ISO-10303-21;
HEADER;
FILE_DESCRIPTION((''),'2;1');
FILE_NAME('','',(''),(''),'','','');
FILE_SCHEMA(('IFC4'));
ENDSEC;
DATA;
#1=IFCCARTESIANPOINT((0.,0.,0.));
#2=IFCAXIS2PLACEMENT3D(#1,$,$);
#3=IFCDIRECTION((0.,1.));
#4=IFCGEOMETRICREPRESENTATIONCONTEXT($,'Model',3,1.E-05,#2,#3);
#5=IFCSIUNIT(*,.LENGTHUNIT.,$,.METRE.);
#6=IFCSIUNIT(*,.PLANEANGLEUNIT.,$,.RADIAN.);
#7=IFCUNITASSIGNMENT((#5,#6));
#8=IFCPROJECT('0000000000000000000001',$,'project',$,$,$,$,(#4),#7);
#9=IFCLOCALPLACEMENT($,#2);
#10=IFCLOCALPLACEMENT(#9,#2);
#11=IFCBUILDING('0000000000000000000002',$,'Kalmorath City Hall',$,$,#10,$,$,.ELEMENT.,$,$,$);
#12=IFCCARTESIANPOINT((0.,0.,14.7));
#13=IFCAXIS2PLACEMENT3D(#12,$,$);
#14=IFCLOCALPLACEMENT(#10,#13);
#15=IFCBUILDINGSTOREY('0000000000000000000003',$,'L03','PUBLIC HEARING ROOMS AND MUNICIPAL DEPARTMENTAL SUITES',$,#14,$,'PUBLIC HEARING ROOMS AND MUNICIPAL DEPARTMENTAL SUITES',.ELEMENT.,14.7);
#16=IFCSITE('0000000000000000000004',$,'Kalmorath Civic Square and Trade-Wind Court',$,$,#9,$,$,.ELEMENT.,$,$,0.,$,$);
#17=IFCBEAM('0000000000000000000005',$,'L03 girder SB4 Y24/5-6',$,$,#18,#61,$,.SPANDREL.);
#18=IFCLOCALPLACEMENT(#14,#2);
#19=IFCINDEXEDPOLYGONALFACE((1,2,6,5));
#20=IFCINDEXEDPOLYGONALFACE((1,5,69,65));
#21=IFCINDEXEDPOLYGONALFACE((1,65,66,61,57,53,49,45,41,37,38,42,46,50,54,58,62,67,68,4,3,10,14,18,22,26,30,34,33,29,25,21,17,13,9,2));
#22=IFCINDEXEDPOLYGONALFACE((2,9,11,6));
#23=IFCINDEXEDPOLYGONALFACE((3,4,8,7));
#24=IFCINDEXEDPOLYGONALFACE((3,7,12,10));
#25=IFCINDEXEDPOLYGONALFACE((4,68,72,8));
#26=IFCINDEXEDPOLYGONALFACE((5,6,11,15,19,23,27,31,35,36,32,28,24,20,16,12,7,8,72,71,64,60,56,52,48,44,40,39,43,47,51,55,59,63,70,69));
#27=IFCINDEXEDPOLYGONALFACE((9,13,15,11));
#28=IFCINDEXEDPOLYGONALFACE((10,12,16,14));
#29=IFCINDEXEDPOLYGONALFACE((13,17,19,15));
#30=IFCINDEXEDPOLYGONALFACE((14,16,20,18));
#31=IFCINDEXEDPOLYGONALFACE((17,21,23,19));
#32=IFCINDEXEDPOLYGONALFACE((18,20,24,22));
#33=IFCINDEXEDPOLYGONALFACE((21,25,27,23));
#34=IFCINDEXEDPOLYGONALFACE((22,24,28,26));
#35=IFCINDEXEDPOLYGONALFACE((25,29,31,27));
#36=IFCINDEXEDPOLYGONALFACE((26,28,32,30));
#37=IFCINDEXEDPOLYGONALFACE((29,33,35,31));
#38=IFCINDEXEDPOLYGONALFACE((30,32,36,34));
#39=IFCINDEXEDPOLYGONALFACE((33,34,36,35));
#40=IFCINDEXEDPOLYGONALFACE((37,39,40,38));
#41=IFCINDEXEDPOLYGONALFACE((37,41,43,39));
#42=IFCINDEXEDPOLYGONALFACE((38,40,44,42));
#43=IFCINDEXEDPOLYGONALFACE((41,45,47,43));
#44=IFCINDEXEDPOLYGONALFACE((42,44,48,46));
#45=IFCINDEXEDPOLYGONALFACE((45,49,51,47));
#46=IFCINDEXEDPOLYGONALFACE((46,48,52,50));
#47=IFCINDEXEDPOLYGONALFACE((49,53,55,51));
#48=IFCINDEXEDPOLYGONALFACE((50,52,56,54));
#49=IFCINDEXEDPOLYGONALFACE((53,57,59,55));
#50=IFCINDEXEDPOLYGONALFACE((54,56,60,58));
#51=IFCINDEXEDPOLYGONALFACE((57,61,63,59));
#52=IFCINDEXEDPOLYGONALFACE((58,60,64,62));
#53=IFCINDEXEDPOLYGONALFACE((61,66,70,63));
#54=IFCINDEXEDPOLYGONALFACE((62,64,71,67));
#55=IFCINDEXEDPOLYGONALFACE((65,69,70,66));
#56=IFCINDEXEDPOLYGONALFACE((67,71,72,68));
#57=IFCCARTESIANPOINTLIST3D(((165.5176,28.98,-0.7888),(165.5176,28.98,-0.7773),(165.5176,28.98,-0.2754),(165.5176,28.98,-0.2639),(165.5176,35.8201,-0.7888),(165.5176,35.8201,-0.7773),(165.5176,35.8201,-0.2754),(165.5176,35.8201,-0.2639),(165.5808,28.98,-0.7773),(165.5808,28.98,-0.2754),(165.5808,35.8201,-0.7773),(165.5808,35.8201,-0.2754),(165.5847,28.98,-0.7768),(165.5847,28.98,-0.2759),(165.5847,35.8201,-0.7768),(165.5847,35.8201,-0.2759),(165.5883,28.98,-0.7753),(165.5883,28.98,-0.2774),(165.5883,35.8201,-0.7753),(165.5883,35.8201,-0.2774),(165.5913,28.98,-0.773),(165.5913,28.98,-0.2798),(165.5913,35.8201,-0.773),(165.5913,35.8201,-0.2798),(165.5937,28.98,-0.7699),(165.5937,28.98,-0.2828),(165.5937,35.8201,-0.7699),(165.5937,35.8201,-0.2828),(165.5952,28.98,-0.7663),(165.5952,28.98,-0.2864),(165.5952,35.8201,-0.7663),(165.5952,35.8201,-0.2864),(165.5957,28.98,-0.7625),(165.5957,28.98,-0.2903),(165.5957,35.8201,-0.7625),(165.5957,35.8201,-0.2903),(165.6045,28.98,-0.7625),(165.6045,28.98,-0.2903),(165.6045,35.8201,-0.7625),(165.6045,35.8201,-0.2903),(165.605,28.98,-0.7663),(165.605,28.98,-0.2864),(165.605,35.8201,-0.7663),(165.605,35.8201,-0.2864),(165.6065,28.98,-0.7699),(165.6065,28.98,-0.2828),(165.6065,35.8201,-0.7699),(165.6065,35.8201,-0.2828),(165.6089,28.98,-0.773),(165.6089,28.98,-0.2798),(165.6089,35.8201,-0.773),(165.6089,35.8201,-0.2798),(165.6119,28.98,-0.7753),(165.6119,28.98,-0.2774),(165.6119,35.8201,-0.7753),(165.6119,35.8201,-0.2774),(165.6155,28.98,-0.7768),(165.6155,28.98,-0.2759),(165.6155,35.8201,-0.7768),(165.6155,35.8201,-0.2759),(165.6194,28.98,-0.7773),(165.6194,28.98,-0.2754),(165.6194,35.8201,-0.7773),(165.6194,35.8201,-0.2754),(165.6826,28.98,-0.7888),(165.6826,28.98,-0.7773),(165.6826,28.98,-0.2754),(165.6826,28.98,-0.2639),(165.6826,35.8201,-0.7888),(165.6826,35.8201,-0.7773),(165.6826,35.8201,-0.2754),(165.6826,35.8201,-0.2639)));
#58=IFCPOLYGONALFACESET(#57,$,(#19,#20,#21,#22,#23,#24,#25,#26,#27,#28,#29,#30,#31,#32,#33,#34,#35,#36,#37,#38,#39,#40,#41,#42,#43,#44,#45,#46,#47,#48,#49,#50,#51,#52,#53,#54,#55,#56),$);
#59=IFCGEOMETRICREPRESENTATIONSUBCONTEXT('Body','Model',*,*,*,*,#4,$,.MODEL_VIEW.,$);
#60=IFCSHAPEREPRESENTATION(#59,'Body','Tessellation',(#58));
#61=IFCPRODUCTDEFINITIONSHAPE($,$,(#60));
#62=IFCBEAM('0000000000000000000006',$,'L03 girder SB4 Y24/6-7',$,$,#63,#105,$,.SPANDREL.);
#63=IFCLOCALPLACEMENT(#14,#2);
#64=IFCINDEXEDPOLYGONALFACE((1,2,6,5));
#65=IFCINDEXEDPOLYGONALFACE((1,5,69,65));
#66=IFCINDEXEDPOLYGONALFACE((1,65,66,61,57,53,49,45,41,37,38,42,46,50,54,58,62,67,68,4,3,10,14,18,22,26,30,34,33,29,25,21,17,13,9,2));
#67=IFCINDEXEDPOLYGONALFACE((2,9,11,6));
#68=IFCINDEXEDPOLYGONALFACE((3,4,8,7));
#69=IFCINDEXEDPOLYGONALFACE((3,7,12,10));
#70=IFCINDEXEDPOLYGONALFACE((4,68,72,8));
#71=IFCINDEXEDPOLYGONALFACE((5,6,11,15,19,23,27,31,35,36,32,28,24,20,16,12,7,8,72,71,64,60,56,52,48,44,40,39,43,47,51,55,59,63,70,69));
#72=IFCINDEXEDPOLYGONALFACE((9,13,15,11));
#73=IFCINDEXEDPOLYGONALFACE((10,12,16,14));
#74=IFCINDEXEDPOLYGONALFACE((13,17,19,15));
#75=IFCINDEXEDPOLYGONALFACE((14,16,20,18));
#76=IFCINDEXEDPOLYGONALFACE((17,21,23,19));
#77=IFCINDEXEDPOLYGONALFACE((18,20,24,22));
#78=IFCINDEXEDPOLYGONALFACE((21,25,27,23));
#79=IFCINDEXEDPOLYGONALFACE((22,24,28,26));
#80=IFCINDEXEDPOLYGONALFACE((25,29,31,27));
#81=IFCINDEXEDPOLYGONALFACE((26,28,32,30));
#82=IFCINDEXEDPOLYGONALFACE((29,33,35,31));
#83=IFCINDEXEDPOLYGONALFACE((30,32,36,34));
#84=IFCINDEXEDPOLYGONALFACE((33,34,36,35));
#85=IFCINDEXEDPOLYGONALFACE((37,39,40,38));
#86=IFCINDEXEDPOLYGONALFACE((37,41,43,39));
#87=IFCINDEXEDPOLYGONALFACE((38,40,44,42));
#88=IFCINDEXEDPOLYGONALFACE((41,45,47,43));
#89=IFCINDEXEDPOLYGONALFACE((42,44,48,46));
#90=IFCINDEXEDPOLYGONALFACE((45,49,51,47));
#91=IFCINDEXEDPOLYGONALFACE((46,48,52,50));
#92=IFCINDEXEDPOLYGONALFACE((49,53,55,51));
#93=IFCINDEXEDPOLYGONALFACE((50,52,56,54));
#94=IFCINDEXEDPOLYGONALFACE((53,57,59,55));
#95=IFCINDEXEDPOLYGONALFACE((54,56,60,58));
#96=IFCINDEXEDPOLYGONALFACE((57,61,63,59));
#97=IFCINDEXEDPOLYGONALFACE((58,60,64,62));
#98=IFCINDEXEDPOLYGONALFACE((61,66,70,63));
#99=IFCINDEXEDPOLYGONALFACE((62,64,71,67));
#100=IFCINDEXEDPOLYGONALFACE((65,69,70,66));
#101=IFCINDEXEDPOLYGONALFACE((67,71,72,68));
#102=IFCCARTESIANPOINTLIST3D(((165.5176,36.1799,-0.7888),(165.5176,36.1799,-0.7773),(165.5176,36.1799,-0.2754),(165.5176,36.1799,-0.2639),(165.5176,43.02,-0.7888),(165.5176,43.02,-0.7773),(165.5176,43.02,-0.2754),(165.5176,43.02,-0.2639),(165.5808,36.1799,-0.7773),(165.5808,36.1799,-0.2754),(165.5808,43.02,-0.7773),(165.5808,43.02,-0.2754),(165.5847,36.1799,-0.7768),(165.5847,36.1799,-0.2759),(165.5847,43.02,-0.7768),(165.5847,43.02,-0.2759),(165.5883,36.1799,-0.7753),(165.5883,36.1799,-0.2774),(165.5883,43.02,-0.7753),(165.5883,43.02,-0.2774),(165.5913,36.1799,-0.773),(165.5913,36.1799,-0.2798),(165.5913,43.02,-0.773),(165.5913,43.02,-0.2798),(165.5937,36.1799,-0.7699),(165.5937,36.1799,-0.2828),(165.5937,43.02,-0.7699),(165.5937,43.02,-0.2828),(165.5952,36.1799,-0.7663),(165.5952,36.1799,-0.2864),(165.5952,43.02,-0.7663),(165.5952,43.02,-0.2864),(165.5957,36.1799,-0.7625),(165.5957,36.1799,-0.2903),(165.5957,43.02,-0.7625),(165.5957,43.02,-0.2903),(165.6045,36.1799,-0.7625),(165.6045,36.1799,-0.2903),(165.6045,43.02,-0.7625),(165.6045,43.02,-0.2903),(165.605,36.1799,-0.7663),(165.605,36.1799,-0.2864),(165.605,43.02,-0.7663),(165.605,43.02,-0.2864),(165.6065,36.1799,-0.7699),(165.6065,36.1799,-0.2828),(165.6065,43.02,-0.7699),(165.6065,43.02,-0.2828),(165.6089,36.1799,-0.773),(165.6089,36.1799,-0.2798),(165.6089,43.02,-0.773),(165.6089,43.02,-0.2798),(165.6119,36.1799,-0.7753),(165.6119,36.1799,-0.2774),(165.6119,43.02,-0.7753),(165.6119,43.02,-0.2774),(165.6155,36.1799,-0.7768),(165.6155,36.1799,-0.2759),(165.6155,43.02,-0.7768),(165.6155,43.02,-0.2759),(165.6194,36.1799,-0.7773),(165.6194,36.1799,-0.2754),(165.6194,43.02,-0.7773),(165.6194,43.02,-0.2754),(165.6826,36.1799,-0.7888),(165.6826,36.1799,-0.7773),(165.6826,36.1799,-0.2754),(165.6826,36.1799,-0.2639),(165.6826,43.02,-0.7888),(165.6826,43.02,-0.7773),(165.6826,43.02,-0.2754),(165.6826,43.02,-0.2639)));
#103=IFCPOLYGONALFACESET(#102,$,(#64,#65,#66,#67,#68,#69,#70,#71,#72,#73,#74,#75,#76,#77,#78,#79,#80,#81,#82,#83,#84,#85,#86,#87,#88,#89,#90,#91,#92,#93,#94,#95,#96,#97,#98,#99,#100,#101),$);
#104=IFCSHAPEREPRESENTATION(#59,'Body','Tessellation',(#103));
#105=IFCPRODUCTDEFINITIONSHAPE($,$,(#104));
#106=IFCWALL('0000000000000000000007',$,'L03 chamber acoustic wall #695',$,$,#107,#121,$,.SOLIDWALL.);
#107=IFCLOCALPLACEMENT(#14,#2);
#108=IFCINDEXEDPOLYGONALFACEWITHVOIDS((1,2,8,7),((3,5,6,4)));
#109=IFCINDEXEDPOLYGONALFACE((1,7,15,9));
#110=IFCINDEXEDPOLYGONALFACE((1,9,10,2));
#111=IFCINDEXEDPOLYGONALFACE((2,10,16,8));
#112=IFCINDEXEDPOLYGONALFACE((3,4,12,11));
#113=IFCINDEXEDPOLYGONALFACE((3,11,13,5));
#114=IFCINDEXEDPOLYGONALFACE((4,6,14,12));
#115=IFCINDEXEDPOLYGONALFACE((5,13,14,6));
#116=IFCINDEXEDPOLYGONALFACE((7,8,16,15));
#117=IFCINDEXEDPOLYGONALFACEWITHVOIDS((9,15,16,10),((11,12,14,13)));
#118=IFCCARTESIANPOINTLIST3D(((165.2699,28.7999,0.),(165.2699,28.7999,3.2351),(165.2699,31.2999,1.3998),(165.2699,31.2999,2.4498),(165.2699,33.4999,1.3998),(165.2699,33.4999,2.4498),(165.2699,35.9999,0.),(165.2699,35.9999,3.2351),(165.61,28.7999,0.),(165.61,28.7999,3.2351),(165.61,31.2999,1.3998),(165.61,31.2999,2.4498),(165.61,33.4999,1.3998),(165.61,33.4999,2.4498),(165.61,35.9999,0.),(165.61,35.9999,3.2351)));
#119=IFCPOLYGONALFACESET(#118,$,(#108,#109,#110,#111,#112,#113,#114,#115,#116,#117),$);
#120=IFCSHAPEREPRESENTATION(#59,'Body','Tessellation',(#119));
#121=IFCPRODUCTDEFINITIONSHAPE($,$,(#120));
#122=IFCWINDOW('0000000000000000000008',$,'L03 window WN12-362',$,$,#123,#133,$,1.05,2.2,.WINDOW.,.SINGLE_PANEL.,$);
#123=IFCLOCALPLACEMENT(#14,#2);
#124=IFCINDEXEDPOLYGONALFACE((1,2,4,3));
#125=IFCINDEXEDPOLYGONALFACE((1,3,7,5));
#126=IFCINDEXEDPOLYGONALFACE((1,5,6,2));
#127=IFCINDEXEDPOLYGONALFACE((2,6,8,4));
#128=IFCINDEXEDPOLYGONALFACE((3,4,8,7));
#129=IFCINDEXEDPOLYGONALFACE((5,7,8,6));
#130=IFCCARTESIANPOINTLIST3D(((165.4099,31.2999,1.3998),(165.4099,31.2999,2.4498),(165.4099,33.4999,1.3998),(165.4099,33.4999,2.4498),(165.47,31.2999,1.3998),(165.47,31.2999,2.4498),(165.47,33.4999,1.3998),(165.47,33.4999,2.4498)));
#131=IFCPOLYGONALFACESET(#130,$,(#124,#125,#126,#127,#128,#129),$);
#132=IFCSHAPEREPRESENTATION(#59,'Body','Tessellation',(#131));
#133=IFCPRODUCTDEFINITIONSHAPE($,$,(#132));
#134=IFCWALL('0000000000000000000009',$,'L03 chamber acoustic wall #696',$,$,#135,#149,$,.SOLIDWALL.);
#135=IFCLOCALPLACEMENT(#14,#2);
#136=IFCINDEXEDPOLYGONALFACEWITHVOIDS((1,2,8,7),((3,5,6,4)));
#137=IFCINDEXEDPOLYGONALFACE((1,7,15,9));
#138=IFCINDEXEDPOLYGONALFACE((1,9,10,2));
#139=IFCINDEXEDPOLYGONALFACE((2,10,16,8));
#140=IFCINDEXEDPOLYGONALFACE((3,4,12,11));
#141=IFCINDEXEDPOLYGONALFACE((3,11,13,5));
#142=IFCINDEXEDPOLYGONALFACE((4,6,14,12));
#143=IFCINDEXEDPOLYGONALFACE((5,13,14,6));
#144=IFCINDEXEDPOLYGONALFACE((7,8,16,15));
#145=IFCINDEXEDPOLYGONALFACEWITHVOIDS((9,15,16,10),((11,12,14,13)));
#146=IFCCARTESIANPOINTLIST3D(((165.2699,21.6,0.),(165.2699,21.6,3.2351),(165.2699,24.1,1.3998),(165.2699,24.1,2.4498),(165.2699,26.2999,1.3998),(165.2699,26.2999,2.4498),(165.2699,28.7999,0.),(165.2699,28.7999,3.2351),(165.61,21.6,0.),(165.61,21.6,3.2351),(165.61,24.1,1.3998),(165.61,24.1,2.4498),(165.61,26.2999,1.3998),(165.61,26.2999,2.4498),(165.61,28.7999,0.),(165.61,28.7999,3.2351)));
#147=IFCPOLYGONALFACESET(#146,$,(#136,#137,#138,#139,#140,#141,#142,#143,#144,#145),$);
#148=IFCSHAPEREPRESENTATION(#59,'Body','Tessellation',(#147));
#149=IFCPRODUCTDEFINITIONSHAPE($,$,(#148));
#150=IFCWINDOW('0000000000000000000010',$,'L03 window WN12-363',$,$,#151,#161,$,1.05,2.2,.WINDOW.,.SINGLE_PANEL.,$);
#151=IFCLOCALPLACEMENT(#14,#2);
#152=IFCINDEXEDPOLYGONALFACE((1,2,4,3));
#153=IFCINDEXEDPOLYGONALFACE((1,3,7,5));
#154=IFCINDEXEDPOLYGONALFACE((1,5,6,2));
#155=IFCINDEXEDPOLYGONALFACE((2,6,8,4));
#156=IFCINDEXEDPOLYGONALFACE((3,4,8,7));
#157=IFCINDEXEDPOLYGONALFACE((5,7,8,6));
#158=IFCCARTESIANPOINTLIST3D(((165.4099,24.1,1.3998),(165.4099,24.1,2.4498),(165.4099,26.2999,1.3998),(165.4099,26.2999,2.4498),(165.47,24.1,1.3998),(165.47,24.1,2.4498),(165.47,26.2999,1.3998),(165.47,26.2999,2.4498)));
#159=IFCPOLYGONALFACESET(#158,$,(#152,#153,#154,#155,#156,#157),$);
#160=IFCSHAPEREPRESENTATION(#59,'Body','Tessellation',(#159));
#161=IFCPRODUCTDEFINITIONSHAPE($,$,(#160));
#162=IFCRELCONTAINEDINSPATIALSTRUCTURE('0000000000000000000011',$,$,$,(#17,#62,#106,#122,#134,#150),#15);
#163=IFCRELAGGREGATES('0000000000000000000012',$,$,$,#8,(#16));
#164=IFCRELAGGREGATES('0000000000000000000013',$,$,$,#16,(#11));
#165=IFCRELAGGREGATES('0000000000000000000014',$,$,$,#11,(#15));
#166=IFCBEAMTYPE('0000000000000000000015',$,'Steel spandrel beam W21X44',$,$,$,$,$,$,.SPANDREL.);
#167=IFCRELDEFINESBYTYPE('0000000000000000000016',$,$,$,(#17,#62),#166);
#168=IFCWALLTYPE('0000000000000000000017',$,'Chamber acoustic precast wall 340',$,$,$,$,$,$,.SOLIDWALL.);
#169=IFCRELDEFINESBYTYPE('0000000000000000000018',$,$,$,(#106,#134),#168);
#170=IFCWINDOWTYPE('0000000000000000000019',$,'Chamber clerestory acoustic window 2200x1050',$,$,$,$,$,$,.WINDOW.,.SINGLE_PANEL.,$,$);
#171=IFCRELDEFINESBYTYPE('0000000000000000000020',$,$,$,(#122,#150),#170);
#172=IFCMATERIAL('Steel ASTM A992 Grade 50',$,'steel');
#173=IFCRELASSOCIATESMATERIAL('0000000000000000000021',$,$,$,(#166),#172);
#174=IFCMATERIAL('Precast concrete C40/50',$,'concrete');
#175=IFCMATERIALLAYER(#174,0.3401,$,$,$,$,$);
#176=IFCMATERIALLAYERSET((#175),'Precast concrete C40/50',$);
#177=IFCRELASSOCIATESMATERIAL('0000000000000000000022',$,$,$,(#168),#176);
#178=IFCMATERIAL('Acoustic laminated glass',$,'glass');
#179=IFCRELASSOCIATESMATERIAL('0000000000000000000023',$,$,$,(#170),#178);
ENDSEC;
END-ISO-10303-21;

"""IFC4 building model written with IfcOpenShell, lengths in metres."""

from ifc_helpers import new_model, si_unit, direction, frame, frame_2d, origin, origin_2d, place, context, subcontext, project, spatial, rectangle, i_section, extrude, material, layer, layer_set, material_profile, profile_set, type_object, element, fill, save


model = new_model("IFC4")

# Units and contexts
model_context = context("Model", 3, precision=1e-05, world=origin(), true_north=direction((0.0, 1.0)))
body_context = subcontext(model_context, "Body", "Model", "MODEL_VIEW")
ifc_project = project(units=[si_unit("LENGTHUNIT", "METRE"), si_unit("PLANEANGLEUNIT", "RADIAN")], contexts=[model_context])

# Site, building, storey
site_placement = place(None, origin())
site = spatial("IfcSite", under=ifc_project, at=site_placement, Name="Kalmorath Civic Square and Trade-Wind Court", CompositionType="ELEMENT", RefElevation=0.0)
building_placement = place(site_placement, origin())
building = spatial("IfcBuilding", under=site, at=building_placement, Name="Kalmorath City Hall", CompositionType="ELEMENT")
storey_placement = place(building_placement, frame((0.0, 0.0, 14.7)))
storey = spatial("IfcBuildingStorey", under=building, at=storey_placement, Name="L03", Description="PUBLIC HEARING ROOMS AND MUNICIPAL DEPARTMENTAL SUITES", LongName="PUBLIC HEARING ROOMS AND MUNICIPAL DEPARTMENTAL SUITES", CompositionType="ELEMENT", Elevation=14.7)

# Beams
ifc_material_1 = material(Name="Steel ASTM A992 Grade 50", Category="steel")
ifc_material_profile_1 = material_profile(ifc_material_1, i_section(OverallWidth=0.165, OverallDepth=0.5249, WebThickness=0.0088, FlangeThickness=0.0115, FilletRadius=0.0149, at=origin_2d()), Name="W21X44")
ifc_profile_set_1 = profile_set([ifc_material_profile_1], Name="Steel ASTM A992 Grade 50")
beam_type_1 = type_object("IfcBeamType", Name="Steel spandrel beam W21X44", PredefinedType="SPANDREL", material=ifc_profile_set_1)
for number, where, z_axis, x_axis, name in (
    (1, (165.6001, 28.98, -0.5264), (0.0, 1.0, 0.0), (-1.0, 0.0, 0.0), "L03 girder SB4 Y24/5-6"),
    (2, (165.6001, 36.1799, -0.5264), (0.0, 1.0, 0.0), (-1.0, 0.0, 0.0), "L03 girder SB4 Y24/6-7"),
):
    element("IfcBeam", number, at=place(storey_placement, frame(where, z_axis=z_axis, x_axis=x_axis)), inside=storey, type_object=beam_type_1, Name=name, PredefinedType="SPANDREL", context=body_context, shape_type="SweptSolid", body=[
        extrude(i_section(OverallWidth=0.165, OverallDepth=0.5249, WebThickness=0.0088, FlangeThickness=0.0115, FilletRadius=0.0149, at=origin_2d()), origin(), (0.0, 0.0, 1.0), 6.8401),
    ])

# Walls, openings, windows
ifc_material_2 = material(Name="Precast concrete C40/50", Category="concrete")
ifc_layer = layer(ifc_material_2, 0.3401)
ifc_layer_set = layer_set([ifc_layer], Name="Precast concrete C40/50")
wall_type = type_object("IfcWallType", Name="Chamber acoustic precast wall 340", PredefinedType="SOLIDWALL", material=ifc_layer_set)
wall_1_placement = place(storey_placement, frame((165.4399, 36.0, 0.0), z_axis=(0.0, 0.0, 1.0), x_axis=(0.0, -1.0, 0.0)))
wall_1 = element("IfcWall", 3, at=wall_1_placement, inside=storey, type_object=wall_type, Name="L03 chamber acoustic wall #695", PredefinedType="SOLIDWALL", context=body_context, shape_type="SweptSolid", body=[
    extrude(rectangle(XDim=7.2, YDim=0.3401, at=frame_2d((3.6001, 0.0))), origin(), (0.0, 0.0, 1.0), 3.2351),
])
opening_1_placement = place(wall_1_placement, frame((2.5, 0.0, 1.3999)))
opening_1 = element("IfcOpeningElement", 4, at=opening_1_placement, cuts=wall_1, PredefinedType="OPENING", context=body_context, shape_type="SweptSolid", body=[
    extrude(rectangle(XDim=2.2, YDim=1.05, at=frame_2d((1.1001, 0.5249))), frame((0.0, 0.1799, 0.0), z_axis=(0.0, -1.0, 0.0), x_axis=(1.0, 0.0, 0.0)), (0.0, 0.0, 1.0), 0.3601),
])
ifc_material_3 = material(Name="Acoustic laminated glass", Category="glass")
window_type = type_object("IfcWindowType", Name="Chamber clerestory acoustic window 2200x1050", PartitioningType="SINGLE_PANEL", PredefinedType="WINDOW", material=ifc_material_3)
window_1_placement = place(opening_1_placement, origin())
window_1 = element("IfcWindow", 5, at=window_1_placement, inside=storey, type_object=window_type, Name="L03 window WN12-362", OverallHeight=1.05, OverallWidth=2.2, PartitioningType="SINGLE_PANEL", PredefinedType="WINDOW", context=body_context, shape_type="SweptSolid", body=[
    extrude(rectangle(XDim=2.2, YDim=1.05, at=frame_2d((1.1001, 0.5249))), frame((0.0, 0.03, 0.0), z_axis=(0.0, -1.0, 0.0), x_axis=(1.0, 0.0, 0.0)), (0.0, 0.0, 1.0), 0.0601),
])
fill(opening_1, window_1)
wall_2_placement = place(storey_placement, frame((165.4399, 28.8, 0.0), z_axis=(0.0, 0.0, 1.0), x_axis=(0.0, -1.0, 0.0)))
wall_2 = element("IfcWall", 6, at=wall_2_placement, inside=storey, type_object=wall_type, Name="L03 chamber acoustic wall #696", PredefinedType="SOLIDWALL", context=body_context, shape_type="SweptSolid", body=[
    extrude(rectangle(XDim=7.2, YDim=0.3401, at=frame_2d((3.6001, 0.0))), origin(), (0.0, 0.0, 1.0), 3.2351),
])
opening_2_placement = place(wall_2_placement, frame((2.5, 0.0, 1.3999)))
opening_2 = element("IfcOpeningElement", 7, at=opening_2_placement, cuts=wall_2, PredefinedType="OPENING", context=body_context, shape_type="SweptSolid", body=[
    extrude(rectangle(XDim=2.2, YDim=1.05, at=frame_2d((1.1001, 0.5249))), frame((0.0, 0.1799, 0.0), z_axis=(0.0, -1.0, 0.0), x_axis=(1.0, 0.0, 0.0)), (0.0, 0.0, 1.0), 0.3601),
])
window_2_placement = place(opening_2_placement, origin())
window_2 = element("IfcWindow", 8, at=window_2_placement, inside=storey, type_object=window_type, Name="L03 window WN12-363", OverallHeight=1.05, OverallWidth=2.2, PartitioningType="SINGLE_PANEL", PredefinedType="WINDOW", context=body_context, shape_type="SweptSolid", body=[
    extrude(rectangle(XDim=2.2, YDim=1.05, at=frame_2d((1.1001, 0.5249))), frame((0.0, 0.03, 0.0), z_axis=(0.0, -1.0, 0.0), x_axis=(1.0, 0.0, 0.0)), (0.0, 0.0, 1.0), 0.0601),
])
fill(opening_2, window_2)

save(model, "model.ifc")
